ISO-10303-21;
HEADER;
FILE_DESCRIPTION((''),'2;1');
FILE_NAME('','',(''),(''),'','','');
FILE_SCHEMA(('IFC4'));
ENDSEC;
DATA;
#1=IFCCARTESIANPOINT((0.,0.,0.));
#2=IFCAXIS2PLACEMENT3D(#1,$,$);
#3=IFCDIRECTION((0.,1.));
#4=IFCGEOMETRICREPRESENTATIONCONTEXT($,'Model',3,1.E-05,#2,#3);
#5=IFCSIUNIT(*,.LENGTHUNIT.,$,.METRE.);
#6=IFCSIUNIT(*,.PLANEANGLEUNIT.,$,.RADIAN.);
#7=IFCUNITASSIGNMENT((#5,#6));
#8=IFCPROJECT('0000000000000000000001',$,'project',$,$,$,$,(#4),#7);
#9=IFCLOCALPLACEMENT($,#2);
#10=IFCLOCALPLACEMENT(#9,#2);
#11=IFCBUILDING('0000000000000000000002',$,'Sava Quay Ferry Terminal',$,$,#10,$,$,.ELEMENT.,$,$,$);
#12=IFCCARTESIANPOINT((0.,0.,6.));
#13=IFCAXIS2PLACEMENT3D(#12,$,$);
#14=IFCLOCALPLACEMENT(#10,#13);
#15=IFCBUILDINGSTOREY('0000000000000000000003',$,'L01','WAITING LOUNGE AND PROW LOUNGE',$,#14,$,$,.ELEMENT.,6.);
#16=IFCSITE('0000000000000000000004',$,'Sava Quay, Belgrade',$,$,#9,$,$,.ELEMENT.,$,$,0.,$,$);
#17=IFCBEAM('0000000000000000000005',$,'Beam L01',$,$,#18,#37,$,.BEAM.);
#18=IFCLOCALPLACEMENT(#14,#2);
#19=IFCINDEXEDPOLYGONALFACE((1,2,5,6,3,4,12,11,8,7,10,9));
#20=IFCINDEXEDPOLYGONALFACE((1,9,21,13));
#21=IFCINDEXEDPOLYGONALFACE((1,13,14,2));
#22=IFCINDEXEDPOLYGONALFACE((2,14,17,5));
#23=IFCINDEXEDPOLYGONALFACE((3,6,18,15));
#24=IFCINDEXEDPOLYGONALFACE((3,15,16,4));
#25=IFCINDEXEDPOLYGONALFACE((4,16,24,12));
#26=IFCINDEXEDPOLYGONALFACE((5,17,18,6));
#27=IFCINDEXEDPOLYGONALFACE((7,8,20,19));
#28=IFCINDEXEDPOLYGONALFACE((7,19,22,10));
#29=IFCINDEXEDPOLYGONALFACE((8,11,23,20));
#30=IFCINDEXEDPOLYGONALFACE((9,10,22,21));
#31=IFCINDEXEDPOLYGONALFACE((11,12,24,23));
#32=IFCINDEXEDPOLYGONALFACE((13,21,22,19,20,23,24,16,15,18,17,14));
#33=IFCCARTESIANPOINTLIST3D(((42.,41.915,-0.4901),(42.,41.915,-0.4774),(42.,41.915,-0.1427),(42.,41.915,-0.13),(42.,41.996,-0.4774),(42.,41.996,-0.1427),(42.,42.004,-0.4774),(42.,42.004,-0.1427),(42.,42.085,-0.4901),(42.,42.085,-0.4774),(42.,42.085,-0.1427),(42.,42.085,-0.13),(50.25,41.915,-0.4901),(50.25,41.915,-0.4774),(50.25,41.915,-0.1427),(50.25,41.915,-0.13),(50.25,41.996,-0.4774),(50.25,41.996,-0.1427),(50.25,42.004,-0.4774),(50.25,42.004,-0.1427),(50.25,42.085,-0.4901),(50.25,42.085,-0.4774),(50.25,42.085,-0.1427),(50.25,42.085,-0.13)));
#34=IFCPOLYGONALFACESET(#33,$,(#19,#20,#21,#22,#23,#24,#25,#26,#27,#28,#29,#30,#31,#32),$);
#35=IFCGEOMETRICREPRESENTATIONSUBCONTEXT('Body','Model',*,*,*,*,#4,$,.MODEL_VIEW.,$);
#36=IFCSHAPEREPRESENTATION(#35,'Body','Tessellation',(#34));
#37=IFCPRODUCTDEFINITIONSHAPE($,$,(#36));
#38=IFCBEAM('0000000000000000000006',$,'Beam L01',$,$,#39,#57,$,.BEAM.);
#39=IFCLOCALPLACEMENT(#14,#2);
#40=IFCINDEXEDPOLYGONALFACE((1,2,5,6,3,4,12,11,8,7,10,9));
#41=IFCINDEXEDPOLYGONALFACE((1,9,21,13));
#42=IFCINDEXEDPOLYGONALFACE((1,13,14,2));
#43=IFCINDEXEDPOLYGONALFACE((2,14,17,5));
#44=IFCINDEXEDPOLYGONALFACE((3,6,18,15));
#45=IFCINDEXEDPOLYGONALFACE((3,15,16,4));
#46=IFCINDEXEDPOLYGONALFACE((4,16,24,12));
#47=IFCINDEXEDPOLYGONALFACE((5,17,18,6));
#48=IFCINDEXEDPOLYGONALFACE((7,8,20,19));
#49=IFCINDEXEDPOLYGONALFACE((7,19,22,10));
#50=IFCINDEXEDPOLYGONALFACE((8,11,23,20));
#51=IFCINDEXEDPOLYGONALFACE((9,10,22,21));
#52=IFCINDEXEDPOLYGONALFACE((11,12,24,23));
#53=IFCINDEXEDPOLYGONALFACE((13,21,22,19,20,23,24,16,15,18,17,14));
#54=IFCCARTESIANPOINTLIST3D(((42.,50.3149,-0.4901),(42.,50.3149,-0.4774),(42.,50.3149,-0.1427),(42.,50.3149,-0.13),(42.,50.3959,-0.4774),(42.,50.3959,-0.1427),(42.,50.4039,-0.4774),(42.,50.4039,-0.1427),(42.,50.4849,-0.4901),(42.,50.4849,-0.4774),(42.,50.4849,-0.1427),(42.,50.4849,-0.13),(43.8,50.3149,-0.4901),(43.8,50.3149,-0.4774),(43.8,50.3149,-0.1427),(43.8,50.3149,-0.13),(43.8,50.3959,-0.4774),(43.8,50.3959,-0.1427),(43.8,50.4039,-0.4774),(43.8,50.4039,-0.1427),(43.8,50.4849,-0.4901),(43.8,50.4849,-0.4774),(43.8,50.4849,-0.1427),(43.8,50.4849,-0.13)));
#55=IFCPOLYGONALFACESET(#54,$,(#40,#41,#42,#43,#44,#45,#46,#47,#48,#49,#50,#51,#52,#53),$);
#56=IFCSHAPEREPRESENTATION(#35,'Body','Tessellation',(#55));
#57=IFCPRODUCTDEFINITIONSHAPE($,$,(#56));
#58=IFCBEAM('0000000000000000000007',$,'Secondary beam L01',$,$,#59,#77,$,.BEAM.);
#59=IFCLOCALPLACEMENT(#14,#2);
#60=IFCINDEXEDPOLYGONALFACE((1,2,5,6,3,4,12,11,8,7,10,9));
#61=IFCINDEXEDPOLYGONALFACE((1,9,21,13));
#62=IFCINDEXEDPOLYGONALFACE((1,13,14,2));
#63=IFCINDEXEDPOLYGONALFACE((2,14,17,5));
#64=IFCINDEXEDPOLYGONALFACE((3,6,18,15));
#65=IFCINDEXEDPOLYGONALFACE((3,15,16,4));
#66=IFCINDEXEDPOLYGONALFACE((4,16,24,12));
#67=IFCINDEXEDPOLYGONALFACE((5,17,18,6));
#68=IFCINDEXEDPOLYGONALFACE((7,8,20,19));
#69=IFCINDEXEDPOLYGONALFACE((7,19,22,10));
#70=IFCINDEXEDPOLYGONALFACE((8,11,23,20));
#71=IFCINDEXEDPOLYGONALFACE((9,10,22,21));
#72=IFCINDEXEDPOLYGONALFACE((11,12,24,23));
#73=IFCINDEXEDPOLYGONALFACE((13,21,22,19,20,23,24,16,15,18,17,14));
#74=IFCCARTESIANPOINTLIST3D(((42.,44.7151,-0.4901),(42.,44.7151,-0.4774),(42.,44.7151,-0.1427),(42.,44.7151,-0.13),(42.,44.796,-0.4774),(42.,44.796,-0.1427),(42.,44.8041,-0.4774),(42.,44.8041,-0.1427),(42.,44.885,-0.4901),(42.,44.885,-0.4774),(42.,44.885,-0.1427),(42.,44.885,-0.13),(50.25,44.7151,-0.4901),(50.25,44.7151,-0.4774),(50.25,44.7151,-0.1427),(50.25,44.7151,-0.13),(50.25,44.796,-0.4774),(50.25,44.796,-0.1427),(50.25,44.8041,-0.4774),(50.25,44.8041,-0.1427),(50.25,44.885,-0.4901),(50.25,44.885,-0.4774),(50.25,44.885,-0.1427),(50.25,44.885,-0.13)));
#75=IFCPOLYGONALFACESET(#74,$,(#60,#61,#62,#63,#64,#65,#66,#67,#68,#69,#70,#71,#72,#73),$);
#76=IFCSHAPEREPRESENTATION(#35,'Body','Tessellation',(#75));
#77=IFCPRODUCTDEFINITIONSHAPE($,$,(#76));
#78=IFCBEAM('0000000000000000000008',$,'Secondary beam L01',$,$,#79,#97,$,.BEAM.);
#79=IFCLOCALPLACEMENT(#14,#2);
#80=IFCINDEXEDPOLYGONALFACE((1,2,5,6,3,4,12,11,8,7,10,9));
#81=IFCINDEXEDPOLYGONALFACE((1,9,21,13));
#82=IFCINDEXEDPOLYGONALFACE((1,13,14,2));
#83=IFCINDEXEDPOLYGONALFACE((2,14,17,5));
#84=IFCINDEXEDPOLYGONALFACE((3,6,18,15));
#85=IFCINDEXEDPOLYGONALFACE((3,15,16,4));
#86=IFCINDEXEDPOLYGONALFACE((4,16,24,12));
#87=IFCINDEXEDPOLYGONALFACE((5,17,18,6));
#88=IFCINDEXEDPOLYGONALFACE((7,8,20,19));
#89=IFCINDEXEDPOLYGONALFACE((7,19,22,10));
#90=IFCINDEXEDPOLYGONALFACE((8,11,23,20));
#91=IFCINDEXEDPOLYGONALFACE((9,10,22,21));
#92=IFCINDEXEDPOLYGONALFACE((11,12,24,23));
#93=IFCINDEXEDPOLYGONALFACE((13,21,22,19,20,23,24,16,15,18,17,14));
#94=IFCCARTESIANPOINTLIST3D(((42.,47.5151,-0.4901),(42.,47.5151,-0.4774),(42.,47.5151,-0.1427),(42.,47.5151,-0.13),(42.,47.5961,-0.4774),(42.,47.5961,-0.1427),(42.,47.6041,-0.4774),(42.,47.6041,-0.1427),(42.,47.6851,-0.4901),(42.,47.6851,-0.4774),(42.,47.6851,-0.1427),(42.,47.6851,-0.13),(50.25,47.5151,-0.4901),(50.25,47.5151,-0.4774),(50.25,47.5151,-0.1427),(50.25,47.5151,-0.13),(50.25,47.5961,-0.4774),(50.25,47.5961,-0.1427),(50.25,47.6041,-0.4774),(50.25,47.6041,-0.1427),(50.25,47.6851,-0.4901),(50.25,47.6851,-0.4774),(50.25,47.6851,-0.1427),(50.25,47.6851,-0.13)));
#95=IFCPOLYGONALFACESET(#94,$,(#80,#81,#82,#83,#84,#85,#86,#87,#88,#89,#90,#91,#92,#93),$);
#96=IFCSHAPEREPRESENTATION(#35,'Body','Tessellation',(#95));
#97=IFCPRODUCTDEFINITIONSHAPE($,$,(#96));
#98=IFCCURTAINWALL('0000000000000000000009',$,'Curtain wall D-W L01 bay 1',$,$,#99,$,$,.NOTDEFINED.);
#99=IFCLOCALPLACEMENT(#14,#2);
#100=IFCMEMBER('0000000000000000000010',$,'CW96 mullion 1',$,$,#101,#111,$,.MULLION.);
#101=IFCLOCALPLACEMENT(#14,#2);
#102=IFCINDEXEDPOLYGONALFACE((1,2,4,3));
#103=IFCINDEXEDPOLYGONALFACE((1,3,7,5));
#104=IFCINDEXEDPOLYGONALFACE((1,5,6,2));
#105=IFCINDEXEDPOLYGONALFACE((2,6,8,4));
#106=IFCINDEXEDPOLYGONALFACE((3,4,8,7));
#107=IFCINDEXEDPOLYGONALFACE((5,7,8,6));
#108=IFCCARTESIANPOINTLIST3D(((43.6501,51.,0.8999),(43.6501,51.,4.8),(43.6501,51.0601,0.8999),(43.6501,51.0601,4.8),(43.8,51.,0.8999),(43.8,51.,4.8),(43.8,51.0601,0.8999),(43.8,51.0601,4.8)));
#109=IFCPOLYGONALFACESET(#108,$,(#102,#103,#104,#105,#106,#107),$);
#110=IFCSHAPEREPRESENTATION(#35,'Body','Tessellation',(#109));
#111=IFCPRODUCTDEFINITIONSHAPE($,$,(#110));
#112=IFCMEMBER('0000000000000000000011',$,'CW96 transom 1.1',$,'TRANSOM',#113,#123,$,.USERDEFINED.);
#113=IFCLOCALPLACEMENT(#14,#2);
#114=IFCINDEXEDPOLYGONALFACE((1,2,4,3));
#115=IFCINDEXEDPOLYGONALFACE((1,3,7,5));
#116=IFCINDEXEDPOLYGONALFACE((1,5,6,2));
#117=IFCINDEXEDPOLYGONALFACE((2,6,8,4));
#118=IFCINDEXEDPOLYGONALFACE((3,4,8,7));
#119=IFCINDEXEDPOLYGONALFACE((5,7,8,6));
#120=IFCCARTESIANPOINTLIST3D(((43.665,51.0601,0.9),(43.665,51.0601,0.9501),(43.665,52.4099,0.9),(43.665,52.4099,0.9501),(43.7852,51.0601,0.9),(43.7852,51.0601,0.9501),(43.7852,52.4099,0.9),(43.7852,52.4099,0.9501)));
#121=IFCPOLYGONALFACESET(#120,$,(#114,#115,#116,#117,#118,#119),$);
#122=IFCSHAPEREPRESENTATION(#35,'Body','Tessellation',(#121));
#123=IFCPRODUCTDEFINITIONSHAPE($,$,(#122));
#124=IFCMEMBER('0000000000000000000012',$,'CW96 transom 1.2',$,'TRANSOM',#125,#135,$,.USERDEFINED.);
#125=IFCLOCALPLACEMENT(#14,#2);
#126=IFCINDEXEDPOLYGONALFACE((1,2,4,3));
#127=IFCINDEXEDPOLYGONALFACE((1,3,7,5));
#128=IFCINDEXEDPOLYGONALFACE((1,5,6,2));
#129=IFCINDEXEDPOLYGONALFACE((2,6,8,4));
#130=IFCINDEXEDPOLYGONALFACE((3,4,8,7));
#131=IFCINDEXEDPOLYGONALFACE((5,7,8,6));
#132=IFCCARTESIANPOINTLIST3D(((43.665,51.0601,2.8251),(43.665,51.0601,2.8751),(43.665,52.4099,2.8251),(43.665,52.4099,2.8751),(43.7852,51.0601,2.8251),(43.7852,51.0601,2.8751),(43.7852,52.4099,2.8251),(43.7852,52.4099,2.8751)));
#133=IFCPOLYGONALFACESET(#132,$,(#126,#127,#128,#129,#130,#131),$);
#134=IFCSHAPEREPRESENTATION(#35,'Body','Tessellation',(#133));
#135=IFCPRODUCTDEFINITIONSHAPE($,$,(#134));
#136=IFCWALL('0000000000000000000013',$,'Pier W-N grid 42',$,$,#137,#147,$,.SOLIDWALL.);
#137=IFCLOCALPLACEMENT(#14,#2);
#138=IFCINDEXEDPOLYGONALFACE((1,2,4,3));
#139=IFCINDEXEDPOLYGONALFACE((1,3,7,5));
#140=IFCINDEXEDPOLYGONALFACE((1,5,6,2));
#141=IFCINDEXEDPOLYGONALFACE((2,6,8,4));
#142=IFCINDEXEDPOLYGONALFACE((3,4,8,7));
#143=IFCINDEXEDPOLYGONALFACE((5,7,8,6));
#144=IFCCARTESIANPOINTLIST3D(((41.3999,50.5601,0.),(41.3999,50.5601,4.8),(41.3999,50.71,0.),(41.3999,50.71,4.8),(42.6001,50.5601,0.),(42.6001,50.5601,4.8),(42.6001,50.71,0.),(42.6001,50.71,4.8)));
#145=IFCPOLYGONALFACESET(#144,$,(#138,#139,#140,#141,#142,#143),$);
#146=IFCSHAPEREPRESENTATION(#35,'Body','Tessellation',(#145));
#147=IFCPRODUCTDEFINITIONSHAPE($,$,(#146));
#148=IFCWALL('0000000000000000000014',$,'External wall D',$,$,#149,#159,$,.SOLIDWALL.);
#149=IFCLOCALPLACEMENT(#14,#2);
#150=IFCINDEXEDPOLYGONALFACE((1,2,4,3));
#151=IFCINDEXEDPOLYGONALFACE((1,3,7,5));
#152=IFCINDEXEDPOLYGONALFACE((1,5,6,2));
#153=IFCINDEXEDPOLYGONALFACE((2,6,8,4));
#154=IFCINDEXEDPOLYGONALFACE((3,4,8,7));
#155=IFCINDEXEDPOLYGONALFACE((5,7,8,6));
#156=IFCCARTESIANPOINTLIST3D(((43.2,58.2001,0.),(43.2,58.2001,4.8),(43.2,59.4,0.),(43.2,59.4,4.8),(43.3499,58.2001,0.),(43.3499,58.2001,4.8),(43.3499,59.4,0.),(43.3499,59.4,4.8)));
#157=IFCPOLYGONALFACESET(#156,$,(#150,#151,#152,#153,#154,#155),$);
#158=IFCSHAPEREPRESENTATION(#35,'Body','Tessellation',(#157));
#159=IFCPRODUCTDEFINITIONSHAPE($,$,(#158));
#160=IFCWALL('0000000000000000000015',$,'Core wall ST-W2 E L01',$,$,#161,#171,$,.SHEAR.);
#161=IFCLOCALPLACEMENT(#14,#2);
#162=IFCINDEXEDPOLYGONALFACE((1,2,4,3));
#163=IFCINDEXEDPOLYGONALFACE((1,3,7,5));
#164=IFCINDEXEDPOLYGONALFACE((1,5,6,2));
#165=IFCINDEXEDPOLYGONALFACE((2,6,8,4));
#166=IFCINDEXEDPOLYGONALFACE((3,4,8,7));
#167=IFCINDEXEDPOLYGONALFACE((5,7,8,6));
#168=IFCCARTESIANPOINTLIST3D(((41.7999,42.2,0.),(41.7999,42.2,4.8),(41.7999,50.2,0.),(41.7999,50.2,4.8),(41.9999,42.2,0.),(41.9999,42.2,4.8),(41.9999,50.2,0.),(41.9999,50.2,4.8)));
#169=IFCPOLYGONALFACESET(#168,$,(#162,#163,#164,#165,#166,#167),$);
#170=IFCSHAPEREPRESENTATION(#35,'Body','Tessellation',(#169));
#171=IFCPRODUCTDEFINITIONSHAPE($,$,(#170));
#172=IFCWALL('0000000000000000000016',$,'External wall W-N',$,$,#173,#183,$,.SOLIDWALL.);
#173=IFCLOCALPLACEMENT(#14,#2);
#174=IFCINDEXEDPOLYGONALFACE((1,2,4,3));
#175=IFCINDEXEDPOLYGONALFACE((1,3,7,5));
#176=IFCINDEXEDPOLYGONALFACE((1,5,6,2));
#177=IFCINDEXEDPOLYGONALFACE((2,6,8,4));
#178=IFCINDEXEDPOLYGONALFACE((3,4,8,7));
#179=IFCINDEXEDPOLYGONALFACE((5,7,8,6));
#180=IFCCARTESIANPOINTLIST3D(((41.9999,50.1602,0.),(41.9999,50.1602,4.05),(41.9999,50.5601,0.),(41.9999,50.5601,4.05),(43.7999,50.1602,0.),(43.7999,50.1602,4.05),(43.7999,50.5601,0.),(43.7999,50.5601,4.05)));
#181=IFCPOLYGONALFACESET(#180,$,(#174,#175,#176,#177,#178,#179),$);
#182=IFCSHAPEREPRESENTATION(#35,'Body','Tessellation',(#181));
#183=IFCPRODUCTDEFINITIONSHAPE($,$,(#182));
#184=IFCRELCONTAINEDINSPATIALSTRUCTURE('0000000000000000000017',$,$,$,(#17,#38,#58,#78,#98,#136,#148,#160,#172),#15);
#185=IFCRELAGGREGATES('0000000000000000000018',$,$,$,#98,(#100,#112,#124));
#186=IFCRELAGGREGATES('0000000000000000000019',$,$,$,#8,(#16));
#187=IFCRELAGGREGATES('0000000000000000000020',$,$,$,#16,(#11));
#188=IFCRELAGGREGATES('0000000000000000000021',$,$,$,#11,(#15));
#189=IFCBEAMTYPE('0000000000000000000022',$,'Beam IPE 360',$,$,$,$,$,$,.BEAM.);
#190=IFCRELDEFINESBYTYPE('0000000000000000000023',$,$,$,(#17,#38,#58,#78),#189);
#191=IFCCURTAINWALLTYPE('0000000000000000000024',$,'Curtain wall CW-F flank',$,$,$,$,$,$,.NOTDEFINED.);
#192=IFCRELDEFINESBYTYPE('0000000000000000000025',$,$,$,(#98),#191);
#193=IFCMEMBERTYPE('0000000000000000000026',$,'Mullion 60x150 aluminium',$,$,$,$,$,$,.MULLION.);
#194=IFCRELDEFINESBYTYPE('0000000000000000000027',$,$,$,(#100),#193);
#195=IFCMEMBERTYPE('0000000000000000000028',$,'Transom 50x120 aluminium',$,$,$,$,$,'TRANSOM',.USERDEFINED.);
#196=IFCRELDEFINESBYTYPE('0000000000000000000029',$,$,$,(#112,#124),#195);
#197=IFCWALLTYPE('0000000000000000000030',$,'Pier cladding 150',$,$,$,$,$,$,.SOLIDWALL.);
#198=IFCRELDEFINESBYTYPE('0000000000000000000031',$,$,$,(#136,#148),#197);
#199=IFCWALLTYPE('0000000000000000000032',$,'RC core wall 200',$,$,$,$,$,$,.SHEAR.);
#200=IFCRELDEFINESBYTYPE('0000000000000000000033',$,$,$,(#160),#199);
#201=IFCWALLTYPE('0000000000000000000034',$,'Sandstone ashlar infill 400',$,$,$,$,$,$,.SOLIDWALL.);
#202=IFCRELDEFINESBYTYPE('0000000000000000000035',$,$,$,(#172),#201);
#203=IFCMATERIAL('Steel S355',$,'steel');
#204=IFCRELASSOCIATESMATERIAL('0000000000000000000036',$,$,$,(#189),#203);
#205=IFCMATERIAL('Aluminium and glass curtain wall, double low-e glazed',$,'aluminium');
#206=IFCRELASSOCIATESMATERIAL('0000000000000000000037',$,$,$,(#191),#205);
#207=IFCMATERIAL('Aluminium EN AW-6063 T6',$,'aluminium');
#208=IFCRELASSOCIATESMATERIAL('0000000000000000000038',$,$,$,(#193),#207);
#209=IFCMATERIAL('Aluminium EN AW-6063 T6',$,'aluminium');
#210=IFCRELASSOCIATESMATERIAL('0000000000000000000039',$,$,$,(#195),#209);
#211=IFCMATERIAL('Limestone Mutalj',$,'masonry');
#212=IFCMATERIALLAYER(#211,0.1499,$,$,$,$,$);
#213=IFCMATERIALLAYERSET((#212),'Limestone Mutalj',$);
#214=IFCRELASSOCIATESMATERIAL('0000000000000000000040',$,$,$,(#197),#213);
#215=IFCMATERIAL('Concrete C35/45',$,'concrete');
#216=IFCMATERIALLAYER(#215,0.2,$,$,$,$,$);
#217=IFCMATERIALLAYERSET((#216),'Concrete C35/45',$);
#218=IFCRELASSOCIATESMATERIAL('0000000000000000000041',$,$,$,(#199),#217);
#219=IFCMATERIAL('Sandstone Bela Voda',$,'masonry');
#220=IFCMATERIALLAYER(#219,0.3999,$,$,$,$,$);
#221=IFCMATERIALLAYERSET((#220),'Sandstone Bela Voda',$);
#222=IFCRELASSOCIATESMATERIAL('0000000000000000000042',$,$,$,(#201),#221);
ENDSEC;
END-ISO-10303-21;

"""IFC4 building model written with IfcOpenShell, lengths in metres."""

from ifc_helpers import new_model, si_unit, direction, frame, frame_2d, origin, origin_2d, place, context, subcontext, project, spatial, rectangle, i_section, extrude, material, layer, layer_set, material_profile, profile_set, type_object, element, aggregate, save


model = new_model("IFC4")

# Units and contexts
model_context = context("Model", 3, precision=1e-05, world=origin(), true_north=direction((0.0, 1.0)))
body_context = subcontext(model_context, "Body", "Model", "MODEL_VIEW")
ifc_project = project(units=[si_unit("LENGTHUNIT", "METRE"), si_unit("PLANEANGLEUNIT", "RADIAN")], contexts=[model_context])

# Site, building, storey
site_placement = place(None, origin())
site = spatial("IfcSite", under=ifc_project, at=site_placement, Name="Sava Quay, Belgrade", CompositionType="ELEMENT", RefElevation=0.0)
building_placement = place(site_placement, origin())
building = spatial("IfcBuilding", under=site, at=building_placement, Name="Sava Quay Ferry Terminal", CompositionType="ELEMENT")
storey_placement = place(building_placement, frame((0.0, 0.0, 6.0)))
storey = spatial("IfcBuildingStorey", under=building, at=storey_placement, Name="L01", Description="WAITING LOUNGE AND PROW LOUNGE", CompositionType="ELEMENT", Elevation=6.0)

# Beams
ifc_material_1 = material(Name="Steel S355", Category="steel")
ifc_material_profile_1 = material_profile(ifc_material_1, i_section(OverallWidth=0.1699, OverallDepth=0.3601, WebThickness=0.0081, FlangeThickness=0.0127, at=origin_2d()), Name="IPE 360")
ifc_profile_set_1 = profile_set([ifc_material_profile_1], Name="Steel S355")
beam_type = type_object("IfcBeamType", Name="Beam IPE 360", PredefinedType="BEAM", material=ifc_profile_set_1)
beam_1_placement = place(storey_placement, frame((42.0, 42.0, -0.3101), z_axis=(1.0, 0.0, 0.0), x_axis=(0.0, 1.0, 0.0)))
element("IfcBeam", 1, at=beam_1_placement, inside=storey, type_object=beam_type, Name="Beam L01", PredefinedType="BEAM", context=body_context, shape_type="SweptSolid", body=[
    extrude(i_section(OverallWidth=0.1699, OverallDepth=0.3601, WebThickness=0.0081, FlangeThickness=0.0127, at=origin_2d()), origin(), (0.0, 0.0, 1.0), 8.25),
])
beam_2_placement = place(storey_placement, frame((42.0, 50.3999, -0.3101), z_axis=(1.0, 0.0, 0.0), x_axis=(0.0, 1.0, 0.0)))
element("IfcBeam", 2, at=beam_2_placement, inside=storey, type_object=beam_type, Name="Beam L01", PredefinedType="BEAM", context=body_context, shape_type="SweptSolid", body=[
    extrude(i_section(OverallWidth=0.1699, OverallDepth=0.3601, WebThickness=0.0081, FlangeThickness=0.0127, at=origin_2d()), origin(), (0.0, 0.0, 1.0), 1.8),
])
for number, where, z_axis, x_axis, name in (
    (3, (42.0, 44.8, -0.3101), (1.0, 0.0, 0.0), (0.0, 1.0, 0.0), "Secondary beam L01"),
    (4, (42.0, 47.6001, -0.3101), (1.0, 0.0, 0.0), (0.0, 1.0, 0.0), "Secondary beam L01"),
):
    element("IfcBeam", number, at=place(storey_placement, frame(where, z_axis=z_axis, x_axis=x_axis)), inside=storey, type_object=beam_type, Name=name, PredefinedType="BEAM", context=body_context, shape_type="SweptSolid", body=[
        extrude(i_section(OverallWidth=0.1699, OverallDepth=0.3601, WebThickness=0.0081, FlangeThickness=0.0127, at=origin_2d()), origin(), (0.0, 0.0, 1.0), 8.25),
    ])

# Curtain wall, members
ifc_material_2 = material(Name="Aluminium and glass curtain wall, double low-e glazed", Category="aluminium")
curtain_wall_type = type_object("IfcCurtainWallType", Name="Curtain wall CW-F flank", PredefinedType="NOTDEFINED", material=ifc_material_2)
curtain_wall_placement = place(storey_placement, origin())
curtain_wall = element("IfcCurtainWall", 5, at=curtain_wall_placement, inside=storey, type_object=curtain_wall_type, Name="Curtain wall D-W L01 bay 1", PredefinedType="NOTDEFINED")
ifc_material_3 = material(Name="Aluminium EN AW-6063 T6", Category="aluminium")
ifc_material_profile_2 = material_profile(ifc_material_3, rectangle(XDim=0.1499, YDim=0.0601, at=origin_2d()), Name="Mullion 60x150 aluminium")
ifc_profile_set_2 = profile_set([ifc_material_profile_2], Name="Aluminium EN AW-6063 T6")
member_type_1 = type_object("IfcMemberType", Name="Mullion 60x150 aluminium", PredefinedType="MULLION", material=ifc_profile_set_2)
member_1_placement = place(storey_placement, frame((43.7251, 51.03, 0.8999), z_axis=(0.0, 0.0, 1.0), x_axis=(-1.0, 0.0, 0.0)))
member_1 = element("IfcMember", 6, at=member_1_placement, type_object=member_type_1, Name="CW96 mullion 1", PredefinedType="MULLION", context=body_context, shape_type="SweptSolid", body=[
    extrude(rectangle(XDim=0.1499, YDim=0.0601, at=origin_2d()), origin(), (0.0, 0.0, 1.0), 3.9001),
])
ifc_material_4 = material(Name="Aluminium EN AW-6063 T6", Category="aluminium")
ifc_material_profile_3 = material_profile(ifc_material_4, rectangle(XDim=0.1201, YDim=0.05, at=origin_2d()), Name="Transom 50x120 aluminium")
ifc_profile_set_3 = profile_set([ifc_material_profile_3], Name="Aluminium EN AW-6063 T6")
member_type_2 = type_object("IfcMemberType", Name="Transom 50x120 aluminium", ElementType="TRANSOM", PredefinedType="USERDEFINED", material=ifc_profile_set_3)
member_2_placement = place(storey_placement, frame((43.7251, 51.0601, 0.925), z_axis=(0.0, 1.0, 0.0), x_axis=(-1.0, 0.0, 0.0)))
member_2 = element("IfcMember", 7, at=member_2_placement, type_object=member_type_2, Name="CW96 transom 1.1", ObjectType="TRANSOM", PredefinedType="USERDEFINED", context=body_context, shape_type="SweptSolid", body=[
    extrude(rectangle(XDim=0.1201, YDim=0.05, at=origin_2d()), origin(), (0.0, 0.0, 1.0), 1.3499),
])
member_3_placement = place(storey_placement, frame((43.7251, 51.0601, 2.8501), z_axis=(0.0, 1.0, 0.0), x_axis=(-1.0, 0.0, 0.0)))
member_3 = element("IfcMember", 8, at=member_3_placement, type_object=member_type_2, Name="CW96 transom 1.2", ObjectType="TRANSOM", PredefinedType="USERDEFINED", context=body_context, shape_type="SweptSolid", body=[
    extrude(rectangle(XDim=0.1201, YDim=0.05, at=origin_2d()), origin(), (0.0, 0.0, 1.0), 1.3499),
])
aggregate(curtain_wall, [member_1, member_2, member_3])

# Walls
ifc_material_5 = material(Name="Limestone Mutalj", Category="masonry")
ifc_layer_1 = layer(ifc_material_5, 0.1499)
ifc_layer_set_1 = layer_set([ifc_layer_1], Name="Limestone Mutalj")
wall_type_1 = type_object("IfcWallType", Name="Pier cladding 150", PredefinedType="SOLIDWALL", material=ifc_layer_set_1)
wall_1_placement = place(storey_placement, frame((41.3999, 50.635, 0.0), z_axis=(0.0, 0.0, 1.0), x_axis=(1.0, 0.0, 0.0)))
element("IfcWall", 9, at=wall_1_placement, inside=storey, type_object=wall_type_1, Name="Pier W-N grid 42", PredefinedType="SOLIDWALL", context=body_context, shape_type="SweptSolid", body=[
    extrude(rectangle(XDim=1.2002, YDim=0.1499, at=frame_2d((0.6001, 0.0))), origin(), (0.0, 0.0, 1.0), 4.8),
])
wall_2_placement = place(storey_placement, frame((43.2749, 58.2, 0.0), z_axis=(0.0, 0.0, 1.0), x_axis=(0.0, 1.0, 0.0)))
element("IfcWall", 10, at=wall_2_placement, inside=storey, type_object=wall_type_1, Name="External wall D", PredefinedType="SOLIDWALL", context=body_context, shape_type="SweptSolid", body=[
    extrude(rectangle(XDim=1.2, YDim=0.1499, at=frame_2d((0.6001, 0.0))), origin(), (0.0, 0.0, 1.0), 4.8),
])
ifc_material_6 = material(Name="Concrete C35/45", Category="concrete")
ifc_layer_2 = layer(ifc_material_6, 0.2)
ifc_layer_set_2 = layer_set([ifc_layer_2], Name="Concrete C35/45")
wall_type_2 = type_object("IfcWallType", Name="RC core wall 200", PredefinedType="SHEAR", material=ifc_layer_set_2)
wall_3_placement = place(storey_placement, frame((41.8999, 42.2, 0.0), z_axis=(0.0, 0.0, 1.0), x_axis=(0.0, 1.0, 0.0)))
element("IfcWall", 11, at=wall_3_placement, inside=storey, type_object=wall_type_2, Name="Core wall ST-W2 E L01", PredefinedType="SHEAR", context=body_context, shape_type="SweptSolid", body=[
    extrude(rectangle(XDim=8.0, YDim=0.2, at=frame_2d((4.0, 0.0))), origin(), (0.0, 0.0, 1.0), 4.8),
])
ifc_material_7 = material(Name="Sandstone Bela Voda", Category="masonry")
ifc_layer_3 = layer(ifc_material_7, 0.3999)
ifc_layer_set_3 = layer_set([ifc_layer_3], Name="Sandstone Bela Voda")
wall_type_3 = type_object("IfcWallType", Name="Sandstone ashlar infill 400", PredefinedType="SOLIDWALL", material=ifc_layer_set_3)
wall_4_placement = place(storey_placement, frame((42.0, 50.3601, 0.0), z_axis=(0.0, 0.0, 1.0), x_axis=(1.0, 0.0, 0.0)))
element("IfcWall", 12, at=wall_4_placement, inside=storey, type_object=wall_type_3, Name="External wall W-N", PredefinedType="SOLIDWALL", context=body_context, shape_type="SweptSolid", body=[
    extrude(rectangle(XDim=1.8, YDim=0.3999, at=frame_2d((0.8999, 0.0))), origin(), (0.0, 0.0, 1.0), 4.05),
])

save(model, "model.ifc")
